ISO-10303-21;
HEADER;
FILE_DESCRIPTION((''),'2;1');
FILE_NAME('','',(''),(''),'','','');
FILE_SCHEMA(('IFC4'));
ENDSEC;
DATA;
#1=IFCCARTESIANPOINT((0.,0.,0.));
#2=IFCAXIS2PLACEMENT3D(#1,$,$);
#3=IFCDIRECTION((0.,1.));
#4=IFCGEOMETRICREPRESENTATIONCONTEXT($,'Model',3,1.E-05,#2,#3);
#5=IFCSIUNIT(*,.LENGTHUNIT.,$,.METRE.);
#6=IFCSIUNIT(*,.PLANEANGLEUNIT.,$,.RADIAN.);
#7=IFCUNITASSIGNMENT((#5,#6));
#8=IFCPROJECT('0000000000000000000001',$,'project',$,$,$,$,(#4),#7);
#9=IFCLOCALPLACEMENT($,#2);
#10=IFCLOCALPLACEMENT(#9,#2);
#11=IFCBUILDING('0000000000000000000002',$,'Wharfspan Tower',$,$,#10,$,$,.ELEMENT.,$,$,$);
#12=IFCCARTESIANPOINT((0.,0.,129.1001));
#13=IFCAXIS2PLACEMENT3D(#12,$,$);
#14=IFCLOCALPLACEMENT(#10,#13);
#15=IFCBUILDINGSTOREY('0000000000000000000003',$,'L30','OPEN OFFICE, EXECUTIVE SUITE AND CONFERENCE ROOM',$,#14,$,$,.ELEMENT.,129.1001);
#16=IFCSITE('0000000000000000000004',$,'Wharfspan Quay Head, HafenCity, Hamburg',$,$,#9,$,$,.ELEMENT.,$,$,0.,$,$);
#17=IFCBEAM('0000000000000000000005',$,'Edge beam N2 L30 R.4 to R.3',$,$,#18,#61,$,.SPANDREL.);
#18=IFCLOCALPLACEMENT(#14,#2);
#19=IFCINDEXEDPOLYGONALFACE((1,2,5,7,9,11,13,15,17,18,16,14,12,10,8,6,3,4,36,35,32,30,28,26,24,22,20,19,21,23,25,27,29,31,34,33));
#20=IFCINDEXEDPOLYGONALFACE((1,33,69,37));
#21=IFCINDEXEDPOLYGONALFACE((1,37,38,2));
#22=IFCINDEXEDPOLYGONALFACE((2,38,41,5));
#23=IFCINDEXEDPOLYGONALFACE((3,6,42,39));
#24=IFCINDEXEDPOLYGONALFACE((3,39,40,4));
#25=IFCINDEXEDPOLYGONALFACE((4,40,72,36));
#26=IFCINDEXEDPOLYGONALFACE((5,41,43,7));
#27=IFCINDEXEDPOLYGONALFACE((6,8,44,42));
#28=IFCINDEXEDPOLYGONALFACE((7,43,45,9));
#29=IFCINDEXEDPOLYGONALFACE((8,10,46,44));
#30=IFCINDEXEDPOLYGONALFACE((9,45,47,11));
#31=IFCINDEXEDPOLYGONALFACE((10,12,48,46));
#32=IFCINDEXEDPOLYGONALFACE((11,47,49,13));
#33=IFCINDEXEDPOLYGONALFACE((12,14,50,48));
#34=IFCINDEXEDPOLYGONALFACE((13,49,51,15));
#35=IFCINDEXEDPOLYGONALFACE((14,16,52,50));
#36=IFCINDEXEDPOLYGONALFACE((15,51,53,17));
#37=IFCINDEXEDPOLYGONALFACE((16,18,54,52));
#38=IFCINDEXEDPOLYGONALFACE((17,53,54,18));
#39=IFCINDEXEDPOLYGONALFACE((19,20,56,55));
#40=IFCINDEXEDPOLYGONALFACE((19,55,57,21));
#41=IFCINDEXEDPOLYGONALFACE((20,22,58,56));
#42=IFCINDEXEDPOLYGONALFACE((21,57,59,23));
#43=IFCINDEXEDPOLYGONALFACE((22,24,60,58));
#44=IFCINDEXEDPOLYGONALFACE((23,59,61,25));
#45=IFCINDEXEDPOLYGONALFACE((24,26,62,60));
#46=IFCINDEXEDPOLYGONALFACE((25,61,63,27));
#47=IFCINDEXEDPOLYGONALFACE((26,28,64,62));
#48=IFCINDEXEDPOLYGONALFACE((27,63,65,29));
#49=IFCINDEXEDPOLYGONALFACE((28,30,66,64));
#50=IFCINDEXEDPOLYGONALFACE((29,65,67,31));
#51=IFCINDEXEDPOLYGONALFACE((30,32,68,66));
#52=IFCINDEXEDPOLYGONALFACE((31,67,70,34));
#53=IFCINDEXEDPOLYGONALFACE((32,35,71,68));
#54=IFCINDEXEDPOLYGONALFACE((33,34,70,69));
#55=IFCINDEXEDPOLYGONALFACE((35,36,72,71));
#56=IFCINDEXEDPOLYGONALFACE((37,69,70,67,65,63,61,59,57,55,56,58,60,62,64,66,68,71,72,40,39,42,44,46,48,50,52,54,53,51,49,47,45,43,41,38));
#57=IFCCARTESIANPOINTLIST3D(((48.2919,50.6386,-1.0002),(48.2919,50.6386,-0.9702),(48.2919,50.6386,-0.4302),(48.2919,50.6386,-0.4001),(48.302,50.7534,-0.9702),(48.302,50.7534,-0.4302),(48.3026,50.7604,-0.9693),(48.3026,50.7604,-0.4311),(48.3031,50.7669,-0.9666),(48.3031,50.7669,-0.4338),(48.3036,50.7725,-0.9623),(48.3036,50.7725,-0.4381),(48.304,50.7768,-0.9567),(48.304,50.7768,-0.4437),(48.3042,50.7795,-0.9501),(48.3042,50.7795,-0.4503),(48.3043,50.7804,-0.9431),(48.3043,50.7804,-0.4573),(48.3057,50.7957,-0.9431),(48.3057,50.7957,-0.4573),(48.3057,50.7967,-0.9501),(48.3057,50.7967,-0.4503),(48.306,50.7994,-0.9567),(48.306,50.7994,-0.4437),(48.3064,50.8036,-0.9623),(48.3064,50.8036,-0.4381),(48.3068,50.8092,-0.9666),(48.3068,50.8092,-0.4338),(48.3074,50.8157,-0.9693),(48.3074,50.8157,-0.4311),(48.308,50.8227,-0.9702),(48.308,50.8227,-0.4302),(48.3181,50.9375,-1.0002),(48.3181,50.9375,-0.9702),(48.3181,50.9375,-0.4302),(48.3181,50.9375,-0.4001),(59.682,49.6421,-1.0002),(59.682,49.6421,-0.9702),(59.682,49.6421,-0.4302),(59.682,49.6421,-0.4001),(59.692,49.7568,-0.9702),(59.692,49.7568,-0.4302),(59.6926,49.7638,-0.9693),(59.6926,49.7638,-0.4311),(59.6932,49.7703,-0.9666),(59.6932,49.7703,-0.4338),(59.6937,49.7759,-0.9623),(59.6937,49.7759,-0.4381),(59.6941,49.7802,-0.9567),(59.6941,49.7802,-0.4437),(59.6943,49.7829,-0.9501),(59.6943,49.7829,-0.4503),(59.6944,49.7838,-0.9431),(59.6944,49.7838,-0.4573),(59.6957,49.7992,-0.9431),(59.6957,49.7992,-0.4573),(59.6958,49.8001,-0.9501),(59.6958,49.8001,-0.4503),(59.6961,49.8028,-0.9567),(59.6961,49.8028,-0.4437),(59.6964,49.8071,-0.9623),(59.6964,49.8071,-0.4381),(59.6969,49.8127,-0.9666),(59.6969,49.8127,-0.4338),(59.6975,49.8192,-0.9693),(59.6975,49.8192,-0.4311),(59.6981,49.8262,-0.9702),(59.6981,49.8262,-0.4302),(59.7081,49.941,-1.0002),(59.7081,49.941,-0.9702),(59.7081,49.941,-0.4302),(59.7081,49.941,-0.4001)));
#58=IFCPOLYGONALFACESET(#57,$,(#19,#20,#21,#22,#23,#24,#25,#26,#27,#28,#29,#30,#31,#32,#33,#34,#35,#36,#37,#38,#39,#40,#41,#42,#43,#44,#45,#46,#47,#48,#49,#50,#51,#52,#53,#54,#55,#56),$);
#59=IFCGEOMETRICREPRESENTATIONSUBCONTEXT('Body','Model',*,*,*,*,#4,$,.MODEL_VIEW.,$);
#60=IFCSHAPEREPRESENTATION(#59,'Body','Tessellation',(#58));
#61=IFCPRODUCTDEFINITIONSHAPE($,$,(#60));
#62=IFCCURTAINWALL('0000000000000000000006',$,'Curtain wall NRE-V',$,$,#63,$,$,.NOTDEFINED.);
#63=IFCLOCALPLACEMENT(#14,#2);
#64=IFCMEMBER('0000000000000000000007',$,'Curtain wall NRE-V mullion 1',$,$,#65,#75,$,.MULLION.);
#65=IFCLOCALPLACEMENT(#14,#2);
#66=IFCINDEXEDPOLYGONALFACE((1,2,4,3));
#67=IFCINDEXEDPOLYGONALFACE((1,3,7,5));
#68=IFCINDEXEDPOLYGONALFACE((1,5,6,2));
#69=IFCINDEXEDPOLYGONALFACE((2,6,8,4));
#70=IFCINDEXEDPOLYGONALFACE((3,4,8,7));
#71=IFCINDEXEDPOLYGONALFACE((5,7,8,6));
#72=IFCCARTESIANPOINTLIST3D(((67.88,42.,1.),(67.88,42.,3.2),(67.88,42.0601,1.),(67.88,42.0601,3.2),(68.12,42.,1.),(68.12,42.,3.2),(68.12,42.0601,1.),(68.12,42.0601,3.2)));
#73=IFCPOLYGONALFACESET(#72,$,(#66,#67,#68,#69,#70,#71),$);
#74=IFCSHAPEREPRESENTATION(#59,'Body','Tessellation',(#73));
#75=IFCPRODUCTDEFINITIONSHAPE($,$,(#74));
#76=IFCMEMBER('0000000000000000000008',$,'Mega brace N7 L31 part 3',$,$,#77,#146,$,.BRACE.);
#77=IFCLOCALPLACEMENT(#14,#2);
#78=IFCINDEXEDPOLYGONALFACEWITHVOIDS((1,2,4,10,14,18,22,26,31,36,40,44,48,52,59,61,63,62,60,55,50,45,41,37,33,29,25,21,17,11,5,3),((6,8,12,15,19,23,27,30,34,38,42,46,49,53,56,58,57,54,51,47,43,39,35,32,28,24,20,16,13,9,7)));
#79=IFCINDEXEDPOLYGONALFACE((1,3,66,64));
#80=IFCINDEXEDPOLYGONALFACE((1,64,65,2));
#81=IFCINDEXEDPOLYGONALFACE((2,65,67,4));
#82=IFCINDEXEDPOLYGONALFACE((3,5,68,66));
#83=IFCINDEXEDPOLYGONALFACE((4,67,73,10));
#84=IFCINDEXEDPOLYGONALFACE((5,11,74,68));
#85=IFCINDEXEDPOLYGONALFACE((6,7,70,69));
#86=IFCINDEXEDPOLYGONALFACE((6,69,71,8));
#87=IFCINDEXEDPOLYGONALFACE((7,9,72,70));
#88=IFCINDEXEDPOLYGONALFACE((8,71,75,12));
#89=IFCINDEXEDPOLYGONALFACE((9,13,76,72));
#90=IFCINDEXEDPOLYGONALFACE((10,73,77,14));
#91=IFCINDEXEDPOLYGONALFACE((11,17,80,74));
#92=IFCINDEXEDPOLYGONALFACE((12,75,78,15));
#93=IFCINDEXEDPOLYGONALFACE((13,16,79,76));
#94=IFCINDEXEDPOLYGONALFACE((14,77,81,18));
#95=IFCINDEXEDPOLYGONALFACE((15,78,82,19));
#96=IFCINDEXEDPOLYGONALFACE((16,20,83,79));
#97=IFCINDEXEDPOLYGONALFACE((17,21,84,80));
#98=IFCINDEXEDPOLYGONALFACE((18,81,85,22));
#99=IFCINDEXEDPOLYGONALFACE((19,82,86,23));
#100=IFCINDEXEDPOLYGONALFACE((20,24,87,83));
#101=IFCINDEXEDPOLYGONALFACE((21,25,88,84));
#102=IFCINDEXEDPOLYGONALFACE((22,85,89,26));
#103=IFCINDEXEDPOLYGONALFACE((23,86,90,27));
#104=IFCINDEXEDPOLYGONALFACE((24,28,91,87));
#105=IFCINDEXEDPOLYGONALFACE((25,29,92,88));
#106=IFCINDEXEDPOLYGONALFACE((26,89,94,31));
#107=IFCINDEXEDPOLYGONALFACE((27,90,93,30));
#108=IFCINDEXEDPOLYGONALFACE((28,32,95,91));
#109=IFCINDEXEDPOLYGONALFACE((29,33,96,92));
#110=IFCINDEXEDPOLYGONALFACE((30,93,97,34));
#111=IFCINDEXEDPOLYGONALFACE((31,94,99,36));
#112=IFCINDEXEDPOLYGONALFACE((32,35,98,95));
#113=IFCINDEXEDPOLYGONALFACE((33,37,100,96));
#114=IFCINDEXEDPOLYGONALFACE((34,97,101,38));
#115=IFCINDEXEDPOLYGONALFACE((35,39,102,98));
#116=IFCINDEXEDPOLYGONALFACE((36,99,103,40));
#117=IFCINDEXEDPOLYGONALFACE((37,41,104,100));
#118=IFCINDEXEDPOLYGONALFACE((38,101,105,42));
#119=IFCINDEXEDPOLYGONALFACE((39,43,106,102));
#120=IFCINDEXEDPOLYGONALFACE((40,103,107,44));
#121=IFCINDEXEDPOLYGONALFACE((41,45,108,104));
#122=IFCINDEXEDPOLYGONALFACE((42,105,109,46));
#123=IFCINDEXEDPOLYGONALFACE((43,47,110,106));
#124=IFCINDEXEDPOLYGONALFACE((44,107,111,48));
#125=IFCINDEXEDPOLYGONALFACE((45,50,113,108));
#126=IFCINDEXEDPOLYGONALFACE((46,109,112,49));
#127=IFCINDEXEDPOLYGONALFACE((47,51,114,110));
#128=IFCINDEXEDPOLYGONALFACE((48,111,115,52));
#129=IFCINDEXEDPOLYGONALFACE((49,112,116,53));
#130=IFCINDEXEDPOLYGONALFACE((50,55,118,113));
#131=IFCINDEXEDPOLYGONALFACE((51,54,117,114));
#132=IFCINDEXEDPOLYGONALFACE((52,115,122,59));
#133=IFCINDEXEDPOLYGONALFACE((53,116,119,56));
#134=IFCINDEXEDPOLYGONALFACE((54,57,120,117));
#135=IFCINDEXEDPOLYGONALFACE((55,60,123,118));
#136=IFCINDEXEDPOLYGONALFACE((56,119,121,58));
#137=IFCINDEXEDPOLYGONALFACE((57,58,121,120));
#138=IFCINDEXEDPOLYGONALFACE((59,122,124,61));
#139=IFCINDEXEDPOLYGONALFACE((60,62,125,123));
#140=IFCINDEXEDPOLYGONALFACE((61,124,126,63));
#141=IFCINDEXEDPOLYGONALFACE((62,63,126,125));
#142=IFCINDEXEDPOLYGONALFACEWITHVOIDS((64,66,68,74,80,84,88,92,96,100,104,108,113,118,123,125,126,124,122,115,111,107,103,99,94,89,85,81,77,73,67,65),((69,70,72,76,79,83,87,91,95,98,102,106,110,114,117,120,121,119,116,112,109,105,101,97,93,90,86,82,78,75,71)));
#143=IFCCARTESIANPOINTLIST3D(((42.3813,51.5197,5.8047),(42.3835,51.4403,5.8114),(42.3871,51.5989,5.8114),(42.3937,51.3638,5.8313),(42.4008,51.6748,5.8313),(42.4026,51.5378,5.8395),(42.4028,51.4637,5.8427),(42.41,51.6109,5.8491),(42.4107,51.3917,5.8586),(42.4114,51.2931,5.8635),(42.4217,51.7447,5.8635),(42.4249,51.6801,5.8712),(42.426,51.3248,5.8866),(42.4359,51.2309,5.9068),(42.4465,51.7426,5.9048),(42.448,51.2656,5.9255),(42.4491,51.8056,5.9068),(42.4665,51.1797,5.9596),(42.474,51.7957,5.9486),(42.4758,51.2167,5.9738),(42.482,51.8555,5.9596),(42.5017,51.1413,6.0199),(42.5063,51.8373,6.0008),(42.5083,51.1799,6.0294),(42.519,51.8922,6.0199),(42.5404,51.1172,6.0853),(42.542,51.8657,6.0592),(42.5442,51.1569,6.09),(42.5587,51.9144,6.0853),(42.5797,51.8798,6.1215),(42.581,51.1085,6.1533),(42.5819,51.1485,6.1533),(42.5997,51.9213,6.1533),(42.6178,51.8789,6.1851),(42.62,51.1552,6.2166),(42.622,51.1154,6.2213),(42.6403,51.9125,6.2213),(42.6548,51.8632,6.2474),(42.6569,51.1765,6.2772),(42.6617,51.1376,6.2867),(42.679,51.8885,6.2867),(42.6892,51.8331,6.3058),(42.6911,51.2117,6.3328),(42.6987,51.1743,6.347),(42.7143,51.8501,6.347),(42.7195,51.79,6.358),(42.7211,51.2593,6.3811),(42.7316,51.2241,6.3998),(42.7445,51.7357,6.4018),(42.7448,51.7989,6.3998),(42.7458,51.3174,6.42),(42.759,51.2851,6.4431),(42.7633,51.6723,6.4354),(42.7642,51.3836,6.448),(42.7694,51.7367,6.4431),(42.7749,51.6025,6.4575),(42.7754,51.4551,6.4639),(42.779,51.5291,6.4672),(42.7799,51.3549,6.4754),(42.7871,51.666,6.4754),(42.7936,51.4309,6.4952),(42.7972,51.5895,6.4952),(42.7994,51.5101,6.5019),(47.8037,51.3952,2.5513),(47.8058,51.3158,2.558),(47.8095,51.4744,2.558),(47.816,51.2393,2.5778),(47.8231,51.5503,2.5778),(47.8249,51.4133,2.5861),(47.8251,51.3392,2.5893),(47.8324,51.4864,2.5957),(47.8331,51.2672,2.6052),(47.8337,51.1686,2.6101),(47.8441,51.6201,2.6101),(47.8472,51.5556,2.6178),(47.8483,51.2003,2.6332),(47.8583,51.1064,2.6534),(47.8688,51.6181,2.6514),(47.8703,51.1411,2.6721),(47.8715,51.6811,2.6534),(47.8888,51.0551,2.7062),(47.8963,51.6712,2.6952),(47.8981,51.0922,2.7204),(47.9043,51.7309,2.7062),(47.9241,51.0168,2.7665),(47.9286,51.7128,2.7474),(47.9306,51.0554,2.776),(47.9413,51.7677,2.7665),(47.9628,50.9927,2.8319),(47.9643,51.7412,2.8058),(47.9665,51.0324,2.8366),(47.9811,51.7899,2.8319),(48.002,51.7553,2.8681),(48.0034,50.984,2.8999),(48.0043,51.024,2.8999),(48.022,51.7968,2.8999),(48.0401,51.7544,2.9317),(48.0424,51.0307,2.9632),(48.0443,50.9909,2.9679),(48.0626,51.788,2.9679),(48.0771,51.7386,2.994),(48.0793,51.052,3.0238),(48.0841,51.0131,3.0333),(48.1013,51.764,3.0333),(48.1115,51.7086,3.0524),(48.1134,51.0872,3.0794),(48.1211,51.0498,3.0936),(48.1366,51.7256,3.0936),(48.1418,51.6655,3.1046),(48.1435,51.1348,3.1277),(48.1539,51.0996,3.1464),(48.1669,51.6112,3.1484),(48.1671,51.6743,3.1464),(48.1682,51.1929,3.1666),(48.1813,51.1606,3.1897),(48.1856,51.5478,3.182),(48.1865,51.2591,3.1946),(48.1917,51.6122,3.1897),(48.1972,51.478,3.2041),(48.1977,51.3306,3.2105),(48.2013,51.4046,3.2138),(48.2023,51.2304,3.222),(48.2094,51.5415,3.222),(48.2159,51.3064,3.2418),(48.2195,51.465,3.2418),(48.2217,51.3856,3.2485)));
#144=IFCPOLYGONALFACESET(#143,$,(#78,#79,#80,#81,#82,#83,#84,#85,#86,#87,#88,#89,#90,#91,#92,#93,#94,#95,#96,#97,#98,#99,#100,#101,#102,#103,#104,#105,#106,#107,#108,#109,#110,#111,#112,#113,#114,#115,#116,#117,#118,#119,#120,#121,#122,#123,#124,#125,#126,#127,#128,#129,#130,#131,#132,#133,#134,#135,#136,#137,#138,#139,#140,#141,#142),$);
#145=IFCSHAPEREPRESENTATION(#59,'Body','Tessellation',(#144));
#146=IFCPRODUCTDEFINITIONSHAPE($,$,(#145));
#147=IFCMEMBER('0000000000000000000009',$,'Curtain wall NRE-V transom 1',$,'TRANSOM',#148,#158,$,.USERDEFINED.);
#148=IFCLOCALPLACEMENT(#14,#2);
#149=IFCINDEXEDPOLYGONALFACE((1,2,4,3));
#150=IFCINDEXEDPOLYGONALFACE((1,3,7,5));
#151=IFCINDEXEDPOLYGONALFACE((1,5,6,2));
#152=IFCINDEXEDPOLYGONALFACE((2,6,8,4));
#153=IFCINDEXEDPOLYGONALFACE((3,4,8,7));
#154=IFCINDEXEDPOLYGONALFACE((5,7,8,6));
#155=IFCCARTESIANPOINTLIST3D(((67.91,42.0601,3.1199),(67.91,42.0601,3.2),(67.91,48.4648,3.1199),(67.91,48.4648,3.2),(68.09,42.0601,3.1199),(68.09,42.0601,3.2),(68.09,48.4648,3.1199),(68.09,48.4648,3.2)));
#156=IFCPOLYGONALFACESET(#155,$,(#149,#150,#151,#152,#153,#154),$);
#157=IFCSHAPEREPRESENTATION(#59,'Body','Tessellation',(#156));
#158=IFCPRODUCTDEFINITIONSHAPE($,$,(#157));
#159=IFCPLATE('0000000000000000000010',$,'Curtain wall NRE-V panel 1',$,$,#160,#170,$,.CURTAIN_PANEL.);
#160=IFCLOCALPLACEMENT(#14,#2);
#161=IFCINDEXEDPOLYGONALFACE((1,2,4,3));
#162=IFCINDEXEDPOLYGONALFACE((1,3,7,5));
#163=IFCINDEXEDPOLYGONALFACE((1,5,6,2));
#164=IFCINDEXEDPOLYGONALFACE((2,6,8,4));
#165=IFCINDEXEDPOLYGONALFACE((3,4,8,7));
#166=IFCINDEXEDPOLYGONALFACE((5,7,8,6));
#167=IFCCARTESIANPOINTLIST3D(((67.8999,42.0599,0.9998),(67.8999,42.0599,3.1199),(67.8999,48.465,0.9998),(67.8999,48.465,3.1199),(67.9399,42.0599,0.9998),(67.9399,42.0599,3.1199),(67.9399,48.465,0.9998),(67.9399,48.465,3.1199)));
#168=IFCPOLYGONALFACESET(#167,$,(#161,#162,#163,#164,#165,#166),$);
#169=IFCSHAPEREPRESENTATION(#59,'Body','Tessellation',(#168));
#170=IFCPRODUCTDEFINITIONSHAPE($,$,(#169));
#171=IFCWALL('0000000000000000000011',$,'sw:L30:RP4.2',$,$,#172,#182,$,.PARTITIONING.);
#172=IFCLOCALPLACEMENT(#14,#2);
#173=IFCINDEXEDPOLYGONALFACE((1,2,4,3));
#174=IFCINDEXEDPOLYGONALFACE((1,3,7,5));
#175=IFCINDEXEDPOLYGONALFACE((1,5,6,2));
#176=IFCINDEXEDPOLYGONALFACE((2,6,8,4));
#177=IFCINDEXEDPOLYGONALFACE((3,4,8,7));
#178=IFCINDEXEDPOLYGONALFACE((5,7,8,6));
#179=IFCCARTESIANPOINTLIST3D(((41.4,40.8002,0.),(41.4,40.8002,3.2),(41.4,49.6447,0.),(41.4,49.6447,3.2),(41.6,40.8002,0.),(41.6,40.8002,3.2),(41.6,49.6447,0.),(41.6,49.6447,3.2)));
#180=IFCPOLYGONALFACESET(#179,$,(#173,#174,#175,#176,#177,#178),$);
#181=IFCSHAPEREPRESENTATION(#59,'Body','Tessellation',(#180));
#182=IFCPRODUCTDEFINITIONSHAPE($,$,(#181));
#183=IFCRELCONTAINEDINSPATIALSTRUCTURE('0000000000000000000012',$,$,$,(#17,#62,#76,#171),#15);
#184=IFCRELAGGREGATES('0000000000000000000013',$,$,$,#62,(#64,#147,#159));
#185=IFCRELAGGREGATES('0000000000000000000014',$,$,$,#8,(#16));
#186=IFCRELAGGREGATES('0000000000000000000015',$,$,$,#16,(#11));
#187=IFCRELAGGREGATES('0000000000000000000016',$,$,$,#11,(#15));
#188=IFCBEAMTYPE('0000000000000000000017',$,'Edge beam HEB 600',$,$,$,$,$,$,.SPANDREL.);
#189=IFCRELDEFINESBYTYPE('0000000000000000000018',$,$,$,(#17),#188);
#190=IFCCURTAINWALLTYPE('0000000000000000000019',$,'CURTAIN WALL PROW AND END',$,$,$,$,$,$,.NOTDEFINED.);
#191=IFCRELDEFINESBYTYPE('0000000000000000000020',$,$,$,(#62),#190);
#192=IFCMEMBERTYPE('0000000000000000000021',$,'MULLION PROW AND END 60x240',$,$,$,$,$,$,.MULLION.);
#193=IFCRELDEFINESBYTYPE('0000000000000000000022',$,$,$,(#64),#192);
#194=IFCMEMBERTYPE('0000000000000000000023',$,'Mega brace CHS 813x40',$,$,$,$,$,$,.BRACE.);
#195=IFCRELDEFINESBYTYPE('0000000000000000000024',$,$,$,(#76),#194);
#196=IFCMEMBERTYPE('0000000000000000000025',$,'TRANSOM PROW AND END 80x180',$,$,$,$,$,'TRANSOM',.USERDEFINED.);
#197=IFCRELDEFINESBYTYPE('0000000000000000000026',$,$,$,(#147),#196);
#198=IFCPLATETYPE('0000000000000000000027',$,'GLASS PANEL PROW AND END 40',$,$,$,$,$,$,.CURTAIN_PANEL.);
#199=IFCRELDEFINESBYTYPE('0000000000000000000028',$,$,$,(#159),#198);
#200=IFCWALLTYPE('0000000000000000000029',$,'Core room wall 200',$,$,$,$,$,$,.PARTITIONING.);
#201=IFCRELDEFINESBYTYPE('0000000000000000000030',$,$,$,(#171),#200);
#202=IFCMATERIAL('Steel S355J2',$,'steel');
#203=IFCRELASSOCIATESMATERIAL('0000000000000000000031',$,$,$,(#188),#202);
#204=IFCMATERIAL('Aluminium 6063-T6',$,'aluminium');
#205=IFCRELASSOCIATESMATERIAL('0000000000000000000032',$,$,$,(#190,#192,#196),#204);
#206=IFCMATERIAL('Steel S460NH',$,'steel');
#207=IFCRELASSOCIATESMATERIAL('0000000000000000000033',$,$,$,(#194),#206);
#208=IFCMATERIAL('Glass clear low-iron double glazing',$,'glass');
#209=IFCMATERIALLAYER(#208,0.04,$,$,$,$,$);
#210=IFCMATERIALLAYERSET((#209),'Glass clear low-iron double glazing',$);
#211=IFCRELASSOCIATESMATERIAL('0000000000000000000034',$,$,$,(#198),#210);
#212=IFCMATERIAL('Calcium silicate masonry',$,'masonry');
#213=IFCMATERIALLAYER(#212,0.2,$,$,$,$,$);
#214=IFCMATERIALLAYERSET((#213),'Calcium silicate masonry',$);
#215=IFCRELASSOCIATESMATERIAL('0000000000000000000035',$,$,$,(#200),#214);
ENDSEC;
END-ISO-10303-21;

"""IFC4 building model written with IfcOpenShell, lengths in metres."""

from ifc_helpers import new_model, si_unit, direction, frame, frame_2d, origin, origin_2d, place, context, subcontext, project, spatial, rectangle, hollow_circle, i_section, extrude, material, layer, layer_set, material_profile, profile_set, type_object, element, aggregate, save


model = new_model("IFC4")

# Units and contexts
model_context = context("Model", 3, precision=1e-05, world=origin(), true_north=direction((0.0, 1.0)))
body_context = subcontext(model_context, "Body", "Model", "MODEL_VIEW")
ifc_project = project(units=[si_unit("LENGTHUNIT", "METRE"), si_unit("PLANEANGLEUNIT", "RADIAN")], contexts=[model_context])

# Site, building, storey
site_placement = place(None, origin())
site = spatial("IfcSite", under=ifc_project, at=site_placement, Name="Wharfspan Quay Head, HafenCity, Hamburg", CompositionType="ELEMENT", RefElevation=0.0)
building_placement = place(site_placement, origin())
building = spatial("IfcBuilding", under=site, at=building_placement, Name="Wharfspan Tower", CompositionType="ELEMENT")
storey_placement = place(building_placement, frame((0.0, 0.0, 129.1001)))
storey = spatial("IfcBuildingStorey", under=building, at=storey_placement, Name="L30", Description="OPEN OFFICE, EXECUTIVE SUITE AND CONFERENCE ROOM", CompositionType="ELEMENT", Elevation=129.1001)

# Shared definitions
ifc_material_1 = material(Name="Steel S355J2", Category="steel")

# Beam
ifc_material_profile_1 = material_profile(ifc_material_1, i_section(OverallWidth=0.3, OverallDepth=0.6001, WebThickness=0.0154, FlangeThickness=0.03, FilletRadius=0.0271, at=origin_2d()))
ifc_profile_set_1 = profile_set([ifc_material_profile_1], Name="Steel S355J2")
beam_type = type_object("IfcBeamType", Name="Edge beam HEB 600", PredefinedType="SPANDREL", material=ifc_profile_set_1)
beam_placement = place(storey_placement, frame((59.6951, 49.7915, -0.7002), z_axis=(-0.996194, 0.087162, 0.0), x_axis=(-0.087162, -0.996194, 0.0)))
element("IfcBeam", 1, at=beam_placement, inside=storey, type_object=beam_type, Name="Edge beam N2 L30 R.4 to R.3", PredefinedType="SPANDREL", context=body_context, shape_type="SweptSolid", body=[
    extrude(i_section(OverallWidth=0.3, OverallDepth=0.6001, WebThickness=0.0154, FlangeThickness=0.03, FilletRadius=0.0271, at=origin_2d()), origin(), (0.0, 0.0, 1.0), 11.4336),
])

# Curtain wall, member
ifc_material_2 = material(Name="Aluminium 6063-T6", Category="aluminium")
curtain_wall_type = type_object("IfcCurtainWallType", Name="CURTAIN WALL PROW AND END", PredefinedType="NOTDEFINED", material=ifc_material_2)
curtain_wall_placement = place(storey_placement, origin())
curtain_wall = element("IfcCurtainWall", 2, at=curtain_wall_placement, inside=storey, type_object=curtain_wall_type, Name="Curtain wall NRE-V", PredefinedType="NOTDEFINED")
ifc_material_profile_2 = material_profile(ifc_material_2, rectangle(XDim=0.24, YDim=0.0601, at=origin_2d()))
ifc_profile_set_2 = profile_set([ifc_material_profile_2], Name="Aluminium 6063-T6")
member_type_1 = type_object("IfcMemberType", Name="MULLION PROW AND END 60x240", PredefinedType="MULLION", material=ifc_profile_set_2)
member_1_placement = place(storey_placement, frame((68.0, 42.03, 1.0), z_axis=(0.0, 0.0, 1.0), x_axis=(-1.0, 0.0, 0.0)))
member_1 = element("IfcMember", 3, at=member_1_placement, type_object=member_type_1, Name="Curtain wall NRE-V mullion 1", PredefinedType="MULLION", context=body_context, shape_type="SweptSolid", body=[
    extrude(rectangle(XDim=0.24, YDim=0.0601, at=origin_2d()), origin(), (0.0, 0.0, 1.0), 2.2),
])

# Members
ifc_material_3 = material(Name="Steel S460NH", Category="steel")
ifc_material_profile_3 = material_profile(ifc_material_3, hollow_circle(Radius=0.4065, WallThickness=0.04, at=origin_2d()))
ifc_profile_set_3 = profile_set([ifc_material_profile_3], Name="Steel S460NH")
member_type_2 = type_object("IfcMemberType", Name="Mega brace CHS 813x40", PredefinedType="BRACE", material=ifc_profile_set_3)
member_2_placement = place(storey_placement, frame((48.0127, 51.3904, 2.8999), z_axis=(-0.857327, 0.019686, 0.514396), x_axis=(-0.022956, -0.999736, 0.0)))
element("IfcMember", 4, at=member_2_placement, inside=storey, type_object=member_type_2, Name="Mega brace N7 L31 part 3", PredefinedType="BRACE", context=body_context, shape_type="SweptSolid", body=[
    extrude(hollow_circle(Radius=0.4065, WallThickness=0.04, at=origin_2d()), origin(), (0.0, 0.0, 1.0), 6.3247),
])
ifc_material_profile_4 = material_profile(ifc_material_2, rectangle(XDim=0.1799, YDim=0.0801, at=origin_2d()))
ifc_profile_set_4 = profile_set([ifc_material_profile_4], Name="Aluminium 6063-T6")
member_type_3 = type_object("IfcMemberType", Name="TRANSOM PROW AND END 80x180", ElementType="TRANSOM", PredefinedType="USERDEFINED", material=ifc_profile_set_4)
member_3_placement = place(storey_placement, frame((68.0, 42.0601, 3.1599), z_axis=(0.0, 1.0, 0.0), x_axis=(-1.0, 0.0, 0.0)))
member_3 = element("IfcMember", 5, at=member_3_placement, type_object=member_type_3, Name="Curtain wall NRE-V transom 1", ObjectType="TRANSOM", PredefinedType="USERDEFINED", context=body_context, shape_type="SweptSolid", body=[
    extrude(rectangle(XDim=0.1799, YDim=0.0801, at=origin_2d()), origin(), (0.0, 0.0, 1.0), 6.4048),
])

# Plate
ifc_material_4 = material(Name="Glass clear low-iron double glazing", Category="glass")
ifc_layer_1 = layer(ifc_material_4, 0.04)
ifc_layer_set_1 = layer_set([ifc_layer_1], Name="Glass clear low-iron double glazing")
plate_type = type_object("IfcPlateType", Name="GLASS PANEL PROW AND END 40", PredefinedType="CURTAIN_PANEL", material=ifc_layer_set_1)
plate_placement = place(storey_placement, frame((67.9199, 45.2625, 0.9998), z_axis=(0.0, 0.0, 1.0), x_axis=(0.0, 1.0, 0.0)))
plate = element("IfcPlate", 6, at=plate_placement, type_object=plate_type, Name="Curtain wall NRE-V panel 1", PredefinedType="CURTAIN_PANEL", context=body_context, shape_type="SweptSolid", body=[
    extrude(rectangle(XDim=6.405, YDim=0.04, at=origin_2d()), origin(), (0.0, 0.0, 1.0), 2.1201),
])
aggregate(curtain_wall, [member_1, member_3, plate])

# Wall
ifc_material_5 = material(Name="Calcium silicate masonry", Category="masonry")
ifc_layer_2 = layer(ifc_material_5, 0.2)
ifc_layer_set_2 = layer_set([ifc_layer_2], Name="Calcium silicate masonry")
wall_type_1 = type_object("IfcWallType", Name="Core room wall 200", PredefinedType="PARTITIONING", material=ifc_layer_set_2)
wall_1_placement = place(storey_placement, frame((41.5, 40.8, 0.0), z_axis=(0.0, 0.0, 1.0), x_axis=(0.0, 1.0, 0.0)))
element("IfcWall", 7, at=wall_1_placement, inside=storey, type_object=wall_type_1, Name="sw:L30:RP4.2", PredefinedType="PARTITIONING", context=body_context, shape_type="SweptSolid", body=[
    extrude(rectangle(XDim=8.8445, YDim=0.2, at=frame_2d((4.4224, 0.0))), origin(), (0.0, 0.0, 1.0), 3.2),
])

save(model, "model.ifc")
